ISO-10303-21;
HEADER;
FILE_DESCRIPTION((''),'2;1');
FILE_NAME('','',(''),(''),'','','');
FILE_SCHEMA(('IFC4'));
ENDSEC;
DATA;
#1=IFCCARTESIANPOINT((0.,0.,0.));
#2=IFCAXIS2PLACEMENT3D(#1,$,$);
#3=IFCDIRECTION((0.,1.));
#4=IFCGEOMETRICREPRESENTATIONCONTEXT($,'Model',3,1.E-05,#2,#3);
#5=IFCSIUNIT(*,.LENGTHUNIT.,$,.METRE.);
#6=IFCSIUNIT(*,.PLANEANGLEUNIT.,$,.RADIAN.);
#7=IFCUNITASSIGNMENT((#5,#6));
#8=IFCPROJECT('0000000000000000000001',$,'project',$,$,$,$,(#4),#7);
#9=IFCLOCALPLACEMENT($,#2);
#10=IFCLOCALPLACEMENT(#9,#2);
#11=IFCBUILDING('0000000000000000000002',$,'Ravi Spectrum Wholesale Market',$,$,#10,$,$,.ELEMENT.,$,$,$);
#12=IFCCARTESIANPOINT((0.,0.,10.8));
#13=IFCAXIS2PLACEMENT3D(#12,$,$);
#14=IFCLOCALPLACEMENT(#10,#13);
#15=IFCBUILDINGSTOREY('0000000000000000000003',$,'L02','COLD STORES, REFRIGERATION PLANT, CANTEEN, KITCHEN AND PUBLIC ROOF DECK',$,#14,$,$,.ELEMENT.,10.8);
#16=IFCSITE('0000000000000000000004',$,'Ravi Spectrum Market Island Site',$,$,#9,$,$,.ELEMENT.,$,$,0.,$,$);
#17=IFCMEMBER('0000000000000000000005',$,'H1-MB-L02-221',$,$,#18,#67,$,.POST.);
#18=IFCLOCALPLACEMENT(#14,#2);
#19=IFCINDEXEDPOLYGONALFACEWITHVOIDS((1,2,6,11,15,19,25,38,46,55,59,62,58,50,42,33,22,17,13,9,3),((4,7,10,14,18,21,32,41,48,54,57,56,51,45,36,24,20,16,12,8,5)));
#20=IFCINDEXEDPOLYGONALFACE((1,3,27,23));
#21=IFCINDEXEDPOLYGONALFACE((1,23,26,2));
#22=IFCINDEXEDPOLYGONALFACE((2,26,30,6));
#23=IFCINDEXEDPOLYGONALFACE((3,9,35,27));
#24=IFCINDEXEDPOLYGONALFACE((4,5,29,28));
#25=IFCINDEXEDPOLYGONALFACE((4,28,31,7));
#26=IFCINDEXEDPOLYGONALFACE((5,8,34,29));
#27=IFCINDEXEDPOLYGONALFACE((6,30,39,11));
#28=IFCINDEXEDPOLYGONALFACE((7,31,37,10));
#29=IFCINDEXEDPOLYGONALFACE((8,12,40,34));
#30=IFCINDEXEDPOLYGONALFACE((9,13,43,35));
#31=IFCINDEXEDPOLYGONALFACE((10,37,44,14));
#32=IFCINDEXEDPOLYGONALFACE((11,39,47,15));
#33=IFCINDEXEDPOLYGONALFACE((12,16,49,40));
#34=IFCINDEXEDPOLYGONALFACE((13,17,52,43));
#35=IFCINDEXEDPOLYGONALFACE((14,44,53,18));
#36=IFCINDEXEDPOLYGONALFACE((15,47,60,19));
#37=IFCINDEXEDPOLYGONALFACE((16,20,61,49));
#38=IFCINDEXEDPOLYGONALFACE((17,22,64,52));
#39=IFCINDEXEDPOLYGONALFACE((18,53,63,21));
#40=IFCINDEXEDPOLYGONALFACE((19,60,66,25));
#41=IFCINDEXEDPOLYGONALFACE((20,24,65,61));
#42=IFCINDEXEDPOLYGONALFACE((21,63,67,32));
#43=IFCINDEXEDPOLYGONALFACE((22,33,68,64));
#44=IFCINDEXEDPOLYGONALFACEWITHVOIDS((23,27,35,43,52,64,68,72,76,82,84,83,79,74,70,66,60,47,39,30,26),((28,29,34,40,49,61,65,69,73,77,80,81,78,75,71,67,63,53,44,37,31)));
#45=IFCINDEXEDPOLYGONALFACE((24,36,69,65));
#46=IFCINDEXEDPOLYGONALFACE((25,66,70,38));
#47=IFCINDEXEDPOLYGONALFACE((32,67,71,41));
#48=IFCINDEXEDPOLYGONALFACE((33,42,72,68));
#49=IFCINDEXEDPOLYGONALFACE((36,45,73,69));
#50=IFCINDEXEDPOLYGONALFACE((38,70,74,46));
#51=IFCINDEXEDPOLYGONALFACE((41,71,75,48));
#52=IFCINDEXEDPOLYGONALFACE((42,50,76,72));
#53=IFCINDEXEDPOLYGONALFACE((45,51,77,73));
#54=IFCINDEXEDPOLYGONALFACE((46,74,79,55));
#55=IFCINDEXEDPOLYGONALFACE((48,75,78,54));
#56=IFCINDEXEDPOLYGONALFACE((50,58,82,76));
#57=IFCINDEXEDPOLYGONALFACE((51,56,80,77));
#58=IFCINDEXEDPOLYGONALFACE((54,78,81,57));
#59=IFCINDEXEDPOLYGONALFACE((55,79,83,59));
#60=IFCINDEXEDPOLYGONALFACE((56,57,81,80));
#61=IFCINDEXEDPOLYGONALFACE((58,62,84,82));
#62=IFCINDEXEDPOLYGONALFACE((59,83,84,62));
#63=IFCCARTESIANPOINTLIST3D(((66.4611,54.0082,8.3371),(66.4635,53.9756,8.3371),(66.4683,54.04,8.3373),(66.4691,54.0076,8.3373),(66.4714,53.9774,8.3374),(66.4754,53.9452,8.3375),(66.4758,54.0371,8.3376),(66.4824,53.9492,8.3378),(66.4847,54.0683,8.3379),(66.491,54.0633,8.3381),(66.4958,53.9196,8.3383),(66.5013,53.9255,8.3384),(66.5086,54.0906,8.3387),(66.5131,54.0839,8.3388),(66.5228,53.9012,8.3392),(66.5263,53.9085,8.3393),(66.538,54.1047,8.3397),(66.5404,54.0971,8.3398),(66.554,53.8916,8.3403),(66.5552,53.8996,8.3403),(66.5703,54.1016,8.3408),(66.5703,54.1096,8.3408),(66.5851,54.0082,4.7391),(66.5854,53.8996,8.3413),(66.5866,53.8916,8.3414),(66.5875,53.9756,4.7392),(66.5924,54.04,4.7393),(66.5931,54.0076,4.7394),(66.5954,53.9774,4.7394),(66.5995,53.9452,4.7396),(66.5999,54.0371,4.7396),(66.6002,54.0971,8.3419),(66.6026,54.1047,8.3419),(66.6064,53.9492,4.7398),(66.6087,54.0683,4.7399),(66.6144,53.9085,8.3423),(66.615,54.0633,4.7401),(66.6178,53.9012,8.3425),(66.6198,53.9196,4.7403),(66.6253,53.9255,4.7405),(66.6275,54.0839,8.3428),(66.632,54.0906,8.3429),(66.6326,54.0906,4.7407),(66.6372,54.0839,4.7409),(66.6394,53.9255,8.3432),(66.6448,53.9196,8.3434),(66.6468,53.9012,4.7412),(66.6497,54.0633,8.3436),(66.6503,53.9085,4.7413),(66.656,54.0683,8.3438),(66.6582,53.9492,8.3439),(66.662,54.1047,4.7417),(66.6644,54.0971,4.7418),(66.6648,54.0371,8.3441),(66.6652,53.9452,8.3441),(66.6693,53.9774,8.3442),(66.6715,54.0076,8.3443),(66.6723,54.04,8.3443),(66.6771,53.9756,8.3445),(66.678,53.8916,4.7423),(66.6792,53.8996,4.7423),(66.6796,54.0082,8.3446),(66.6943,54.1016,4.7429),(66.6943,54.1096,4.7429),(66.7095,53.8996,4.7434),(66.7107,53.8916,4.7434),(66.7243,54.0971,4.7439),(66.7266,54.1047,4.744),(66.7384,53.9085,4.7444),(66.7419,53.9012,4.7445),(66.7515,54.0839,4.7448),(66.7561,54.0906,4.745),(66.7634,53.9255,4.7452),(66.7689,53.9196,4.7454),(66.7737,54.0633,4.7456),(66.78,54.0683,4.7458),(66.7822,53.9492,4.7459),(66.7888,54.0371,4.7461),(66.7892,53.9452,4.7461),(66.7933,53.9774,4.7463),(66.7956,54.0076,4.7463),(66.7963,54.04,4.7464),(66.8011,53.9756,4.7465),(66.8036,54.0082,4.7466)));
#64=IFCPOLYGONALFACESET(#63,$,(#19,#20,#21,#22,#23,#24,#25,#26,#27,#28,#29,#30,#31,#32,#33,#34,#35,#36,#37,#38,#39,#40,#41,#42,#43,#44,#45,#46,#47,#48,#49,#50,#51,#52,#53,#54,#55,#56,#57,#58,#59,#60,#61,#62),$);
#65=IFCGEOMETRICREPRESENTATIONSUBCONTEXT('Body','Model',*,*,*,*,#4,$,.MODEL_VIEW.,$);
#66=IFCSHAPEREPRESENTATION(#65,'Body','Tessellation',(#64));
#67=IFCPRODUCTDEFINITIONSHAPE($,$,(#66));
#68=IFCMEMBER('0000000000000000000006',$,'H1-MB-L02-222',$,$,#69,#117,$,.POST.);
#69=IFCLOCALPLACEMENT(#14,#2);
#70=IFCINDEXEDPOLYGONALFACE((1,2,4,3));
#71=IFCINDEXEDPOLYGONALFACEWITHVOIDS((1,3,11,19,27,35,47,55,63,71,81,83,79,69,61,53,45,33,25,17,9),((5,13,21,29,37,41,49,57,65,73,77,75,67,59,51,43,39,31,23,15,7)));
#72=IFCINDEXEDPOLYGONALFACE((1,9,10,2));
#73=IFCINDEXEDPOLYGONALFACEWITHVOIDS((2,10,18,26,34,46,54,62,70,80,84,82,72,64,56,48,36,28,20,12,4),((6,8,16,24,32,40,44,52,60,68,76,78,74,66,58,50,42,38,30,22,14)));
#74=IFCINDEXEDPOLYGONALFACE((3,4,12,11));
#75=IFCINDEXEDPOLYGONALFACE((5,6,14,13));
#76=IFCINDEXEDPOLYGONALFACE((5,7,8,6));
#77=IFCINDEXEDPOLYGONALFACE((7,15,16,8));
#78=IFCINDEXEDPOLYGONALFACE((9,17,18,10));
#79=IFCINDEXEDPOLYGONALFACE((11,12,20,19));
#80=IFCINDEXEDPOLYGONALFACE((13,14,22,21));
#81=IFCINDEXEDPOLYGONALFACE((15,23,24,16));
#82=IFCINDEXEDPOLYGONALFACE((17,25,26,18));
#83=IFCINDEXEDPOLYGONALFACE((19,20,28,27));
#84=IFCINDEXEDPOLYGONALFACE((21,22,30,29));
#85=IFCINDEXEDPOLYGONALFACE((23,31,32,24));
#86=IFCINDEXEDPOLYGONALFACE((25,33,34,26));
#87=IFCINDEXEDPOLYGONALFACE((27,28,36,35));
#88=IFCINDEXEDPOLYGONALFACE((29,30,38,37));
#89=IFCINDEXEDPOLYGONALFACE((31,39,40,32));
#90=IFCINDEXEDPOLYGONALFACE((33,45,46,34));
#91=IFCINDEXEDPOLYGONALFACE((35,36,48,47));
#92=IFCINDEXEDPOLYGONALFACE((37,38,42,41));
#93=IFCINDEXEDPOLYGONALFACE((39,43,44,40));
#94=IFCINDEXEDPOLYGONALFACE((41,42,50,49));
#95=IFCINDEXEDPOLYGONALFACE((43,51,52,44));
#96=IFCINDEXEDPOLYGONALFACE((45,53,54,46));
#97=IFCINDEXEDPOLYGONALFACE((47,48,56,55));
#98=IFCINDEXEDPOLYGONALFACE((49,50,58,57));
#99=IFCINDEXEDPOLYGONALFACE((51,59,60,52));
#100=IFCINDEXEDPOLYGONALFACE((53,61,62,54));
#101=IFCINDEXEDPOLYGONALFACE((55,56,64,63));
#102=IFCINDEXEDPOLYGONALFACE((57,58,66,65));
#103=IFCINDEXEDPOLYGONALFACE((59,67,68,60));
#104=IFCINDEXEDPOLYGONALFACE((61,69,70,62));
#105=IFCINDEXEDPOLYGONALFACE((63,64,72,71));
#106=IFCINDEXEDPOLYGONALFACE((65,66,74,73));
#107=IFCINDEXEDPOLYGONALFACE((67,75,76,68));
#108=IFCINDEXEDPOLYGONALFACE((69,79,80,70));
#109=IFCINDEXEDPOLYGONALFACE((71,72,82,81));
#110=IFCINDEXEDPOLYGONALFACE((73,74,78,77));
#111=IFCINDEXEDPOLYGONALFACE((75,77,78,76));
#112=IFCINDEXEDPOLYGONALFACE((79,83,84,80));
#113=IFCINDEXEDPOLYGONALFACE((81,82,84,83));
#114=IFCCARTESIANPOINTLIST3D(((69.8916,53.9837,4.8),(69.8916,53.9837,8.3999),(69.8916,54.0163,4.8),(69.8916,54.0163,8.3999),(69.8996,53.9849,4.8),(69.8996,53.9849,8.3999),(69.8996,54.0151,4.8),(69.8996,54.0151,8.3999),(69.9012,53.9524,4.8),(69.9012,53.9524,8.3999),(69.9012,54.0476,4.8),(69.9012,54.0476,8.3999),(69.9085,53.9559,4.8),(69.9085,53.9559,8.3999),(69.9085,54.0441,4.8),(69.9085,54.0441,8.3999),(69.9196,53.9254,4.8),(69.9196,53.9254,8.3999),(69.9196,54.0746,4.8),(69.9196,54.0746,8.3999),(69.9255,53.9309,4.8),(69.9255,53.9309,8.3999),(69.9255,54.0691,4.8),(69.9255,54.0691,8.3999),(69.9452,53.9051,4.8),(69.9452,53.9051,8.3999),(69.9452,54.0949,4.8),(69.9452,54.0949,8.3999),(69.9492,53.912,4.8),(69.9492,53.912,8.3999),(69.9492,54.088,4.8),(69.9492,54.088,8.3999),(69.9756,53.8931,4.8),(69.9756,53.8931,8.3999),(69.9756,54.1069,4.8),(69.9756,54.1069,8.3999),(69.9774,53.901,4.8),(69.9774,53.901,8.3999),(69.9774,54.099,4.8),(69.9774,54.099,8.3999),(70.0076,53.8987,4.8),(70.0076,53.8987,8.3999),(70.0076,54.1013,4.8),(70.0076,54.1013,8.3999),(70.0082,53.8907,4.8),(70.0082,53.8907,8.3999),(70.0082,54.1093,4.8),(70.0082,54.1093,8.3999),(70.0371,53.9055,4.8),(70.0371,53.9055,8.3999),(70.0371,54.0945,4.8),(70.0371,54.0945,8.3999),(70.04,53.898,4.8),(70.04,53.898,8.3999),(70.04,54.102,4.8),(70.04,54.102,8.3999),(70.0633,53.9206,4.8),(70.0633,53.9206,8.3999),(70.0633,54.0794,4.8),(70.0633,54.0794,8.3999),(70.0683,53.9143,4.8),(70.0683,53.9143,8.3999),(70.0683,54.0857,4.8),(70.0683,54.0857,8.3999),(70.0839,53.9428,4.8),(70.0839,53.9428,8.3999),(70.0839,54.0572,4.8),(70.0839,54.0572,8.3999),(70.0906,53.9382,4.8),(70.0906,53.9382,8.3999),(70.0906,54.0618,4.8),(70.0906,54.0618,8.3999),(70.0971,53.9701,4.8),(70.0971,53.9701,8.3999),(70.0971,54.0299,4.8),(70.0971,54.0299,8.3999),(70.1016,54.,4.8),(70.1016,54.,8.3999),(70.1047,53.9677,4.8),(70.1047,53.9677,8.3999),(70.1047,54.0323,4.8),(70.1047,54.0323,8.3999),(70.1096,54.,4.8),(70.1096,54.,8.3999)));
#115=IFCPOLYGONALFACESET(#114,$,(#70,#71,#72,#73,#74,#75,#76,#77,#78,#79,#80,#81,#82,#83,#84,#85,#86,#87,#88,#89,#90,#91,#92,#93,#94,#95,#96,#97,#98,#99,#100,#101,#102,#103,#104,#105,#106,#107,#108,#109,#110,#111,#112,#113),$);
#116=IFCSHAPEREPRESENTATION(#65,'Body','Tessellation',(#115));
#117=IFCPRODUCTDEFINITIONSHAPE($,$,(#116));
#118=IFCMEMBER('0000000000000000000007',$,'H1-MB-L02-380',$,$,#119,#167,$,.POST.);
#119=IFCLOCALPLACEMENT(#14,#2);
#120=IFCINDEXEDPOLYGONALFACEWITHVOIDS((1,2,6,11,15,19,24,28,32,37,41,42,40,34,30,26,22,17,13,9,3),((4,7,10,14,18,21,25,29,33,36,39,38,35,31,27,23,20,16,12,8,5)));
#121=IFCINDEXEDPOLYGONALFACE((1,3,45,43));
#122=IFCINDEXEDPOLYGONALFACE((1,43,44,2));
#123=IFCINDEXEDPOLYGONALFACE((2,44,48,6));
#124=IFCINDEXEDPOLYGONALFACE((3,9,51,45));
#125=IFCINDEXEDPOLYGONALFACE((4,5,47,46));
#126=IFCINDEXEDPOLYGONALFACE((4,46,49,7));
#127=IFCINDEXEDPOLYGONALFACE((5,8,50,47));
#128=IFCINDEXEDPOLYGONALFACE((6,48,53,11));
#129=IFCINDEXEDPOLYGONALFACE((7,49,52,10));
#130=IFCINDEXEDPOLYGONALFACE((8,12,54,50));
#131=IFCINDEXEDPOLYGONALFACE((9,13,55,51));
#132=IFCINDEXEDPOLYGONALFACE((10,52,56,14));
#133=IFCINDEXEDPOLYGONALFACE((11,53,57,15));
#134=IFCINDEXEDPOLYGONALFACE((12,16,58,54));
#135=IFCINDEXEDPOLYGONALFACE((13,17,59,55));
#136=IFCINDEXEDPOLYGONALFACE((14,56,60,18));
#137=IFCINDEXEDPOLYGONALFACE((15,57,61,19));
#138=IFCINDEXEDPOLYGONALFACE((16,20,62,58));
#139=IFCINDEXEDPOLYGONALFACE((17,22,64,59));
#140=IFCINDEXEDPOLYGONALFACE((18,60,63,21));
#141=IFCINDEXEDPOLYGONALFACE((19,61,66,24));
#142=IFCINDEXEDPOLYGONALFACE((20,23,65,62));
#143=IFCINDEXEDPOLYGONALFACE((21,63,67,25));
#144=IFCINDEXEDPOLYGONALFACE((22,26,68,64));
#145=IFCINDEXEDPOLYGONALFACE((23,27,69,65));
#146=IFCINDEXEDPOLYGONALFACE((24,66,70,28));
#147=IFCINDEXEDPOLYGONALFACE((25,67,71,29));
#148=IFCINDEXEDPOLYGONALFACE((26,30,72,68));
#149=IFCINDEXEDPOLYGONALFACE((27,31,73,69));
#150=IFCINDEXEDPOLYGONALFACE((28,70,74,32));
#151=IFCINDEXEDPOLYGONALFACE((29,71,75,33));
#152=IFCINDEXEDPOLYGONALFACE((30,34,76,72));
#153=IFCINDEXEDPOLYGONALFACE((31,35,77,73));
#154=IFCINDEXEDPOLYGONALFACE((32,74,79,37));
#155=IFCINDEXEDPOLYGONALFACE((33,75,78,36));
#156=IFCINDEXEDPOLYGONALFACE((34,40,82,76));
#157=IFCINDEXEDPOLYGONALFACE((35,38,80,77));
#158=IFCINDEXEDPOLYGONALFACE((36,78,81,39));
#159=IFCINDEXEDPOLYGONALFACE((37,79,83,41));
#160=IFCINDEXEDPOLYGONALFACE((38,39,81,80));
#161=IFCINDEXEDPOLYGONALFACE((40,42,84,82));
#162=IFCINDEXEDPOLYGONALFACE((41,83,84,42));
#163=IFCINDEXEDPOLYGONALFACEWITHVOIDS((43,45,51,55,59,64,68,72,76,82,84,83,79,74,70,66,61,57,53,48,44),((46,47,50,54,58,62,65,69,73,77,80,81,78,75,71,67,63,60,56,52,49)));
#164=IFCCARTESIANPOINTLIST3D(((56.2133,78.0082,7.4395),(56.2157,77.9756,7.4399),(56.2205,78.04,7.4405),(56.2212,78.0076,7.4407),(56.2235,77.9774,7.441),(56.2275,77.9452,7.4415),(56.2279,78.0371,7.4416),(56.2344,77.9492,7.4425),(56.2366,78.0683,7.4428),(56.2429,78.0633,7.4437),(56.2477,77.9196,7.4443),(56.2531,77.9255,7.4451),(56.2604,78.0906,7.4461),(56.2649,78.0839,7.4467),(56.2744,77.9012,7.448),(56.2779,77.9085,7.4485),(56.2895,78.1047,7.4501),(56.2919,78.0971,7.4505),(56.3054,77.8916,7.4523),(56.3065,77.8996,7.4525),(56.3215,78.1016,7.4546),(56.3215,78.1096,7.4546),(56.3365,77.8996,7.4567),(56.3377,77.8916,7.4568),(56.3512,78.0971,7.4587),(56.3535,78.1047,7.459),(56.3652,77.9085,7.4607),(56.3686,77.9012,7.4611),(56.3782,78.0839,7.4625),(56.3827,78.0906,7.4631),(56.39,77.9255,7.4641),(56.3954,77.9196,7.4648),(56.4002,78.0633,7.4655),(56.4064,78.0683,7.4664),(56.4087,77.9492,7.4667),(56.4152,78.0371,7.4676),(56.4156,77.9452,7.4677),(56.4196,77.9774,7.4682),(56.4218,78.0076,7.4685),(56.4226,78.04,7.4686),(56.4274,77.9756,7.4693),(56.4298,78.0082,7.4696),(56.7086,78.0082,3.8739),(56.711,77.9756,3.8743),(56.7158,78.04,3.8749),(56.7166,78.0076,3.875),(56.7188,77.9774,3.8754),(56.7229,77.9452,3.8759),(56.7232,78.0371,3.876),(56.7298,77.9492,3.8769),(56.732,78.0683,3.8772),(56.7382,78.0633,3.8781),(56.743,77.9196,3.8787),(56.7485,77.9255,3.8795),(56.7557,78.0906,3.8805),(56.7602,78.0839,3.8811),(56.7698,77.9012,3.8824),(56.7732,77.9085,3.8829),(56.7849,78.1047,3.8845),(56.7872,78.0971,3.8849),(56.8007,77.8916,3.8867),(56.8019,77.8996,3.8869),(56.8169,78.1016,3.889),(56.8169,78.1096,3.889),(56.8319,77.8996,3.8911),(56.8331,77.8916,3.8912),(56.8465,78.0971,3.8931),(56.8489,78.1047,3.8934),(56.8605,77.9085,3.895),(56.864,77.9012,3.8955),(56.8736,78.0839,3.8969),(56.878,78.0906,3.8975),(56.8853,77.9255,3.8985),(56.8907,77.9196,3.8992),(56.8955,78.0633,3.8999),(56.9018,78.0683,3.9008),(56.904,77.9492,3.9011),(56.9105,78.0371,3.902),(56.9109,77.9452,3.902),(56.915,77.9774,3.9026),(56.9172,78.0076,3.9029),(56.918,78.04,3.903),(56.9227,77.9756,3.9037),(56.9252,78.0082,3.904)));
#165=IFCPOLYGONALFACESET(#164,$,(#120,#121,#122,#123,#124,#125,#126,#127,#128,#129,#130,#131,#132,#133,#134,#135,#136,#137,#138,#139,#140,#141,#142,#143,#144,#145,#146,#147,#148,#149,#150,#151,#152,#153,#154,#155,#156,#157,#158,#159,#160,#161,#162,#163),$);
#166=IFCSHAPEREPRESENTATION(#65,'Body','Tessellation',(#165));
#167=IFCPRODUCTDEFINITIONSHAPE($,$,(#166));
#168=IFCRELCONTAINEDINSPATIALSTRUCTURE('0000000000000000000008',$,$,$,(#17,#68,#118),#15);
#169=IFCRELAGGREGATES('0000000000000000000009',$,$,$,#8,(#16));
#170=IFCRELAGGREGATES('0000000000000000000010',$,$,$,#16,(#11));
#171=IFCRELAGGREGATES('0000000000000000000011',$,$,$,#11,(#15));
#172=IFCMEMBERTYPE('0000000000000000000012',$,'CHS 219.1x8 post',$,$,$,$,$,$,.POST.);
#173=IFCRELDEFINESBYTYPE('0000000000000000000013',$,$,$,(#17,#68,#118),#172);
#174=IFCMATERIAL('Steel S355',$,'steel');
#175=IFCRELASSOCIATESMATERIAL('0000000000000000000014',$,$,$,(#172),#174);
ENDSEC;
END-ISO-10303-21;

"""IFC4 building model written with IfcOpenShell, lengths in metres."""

from ifc_helpers import new_model, si_unit, direction, frame, origin, origin_2d, place, context, subcontext, project, spatial, hollow_circle, extrude, material, material_profile, profile_set, type_object, element, save


model = new_model("IFC4")

# Units and contexts
model_context = context("Model", 3, precision=1e-05, world=origin(), true_north=direction((0.0, 1.0)))
body_context = subcontext(model_context, "Body", "Model", "MODEL_VIEW")
ifc_project = project(units=[si_unit("LENGTHUNIT", "METRE"), si_unit("PLANEANGLEUNIT", "RADIAN")], contexts=[model_context])

# Site, building, storey
site_placement = place(None, origin())
site = spatial("IfcSite", under=ifc_project, at=site_placement, Name="Ravi Spectrum Market Island Site", CompositionType="ELEMENT", RefElevation=0.0)
building_placement = place(site_placement, origin())
building = spatial("IfcBuilding", under=site, at=building_placement, Name="Ravi Spectrum Wholesale Market", CompositionType="ELEMENT")
storey_placement = place(building_placement, frame((0.0, 0.0, 10.8)))
storey = spatial("IfcBuildingStorey", under=building, at=storey_placement, Name="L02", Description="COLD STORES, REFRIGERATION PLANT, CANTEEN, KITCHEN AND PUBLIC ROOF DECK", CompositionType="ELEMENT", Elevation=10.8)

# Members
ifc_material_1 = material(Name="Steel S355", Category="steel")
ifc_material_profile_1 = material_profile(ifc_material_1, hollow_circle(Radius=0.1096, WallThickness=0.0081, at=origin_2d()))
ifc_profile_set_1 = profile_set([ifc_material_profile_1], Name="Steel S355")
member_type_1 = type_object("IfcMemberType", Name="CHS 219.1x8 post", PredefinedType="POST", material=ifc_profile_set_1)
member_1_placement = place(storey_placement, frame((66.5703, 54.0, 8.3408), z_axis=(0.034451, 0.0, -0.999406), x_axis=(0.0, 1.0, 0.0)))
element("IfcMember", 1, at=member_1_placement, inside=storey, type_object=member_type_1, Name="H1-MB-L02-221", PredefinedType="POST", context=body_context, shape_type="SweptSolid", body=[
    extrude(hollow_circle(Radius=0.1096, WallThickness=0.0081, at=origin_2d()), origin(), (0.0, 0.0, 1.0), 3.6001),
])
for number, where, z_axis, x_axis, name in (
    (2, (70.0, 54.0, 8.3999), (0.0, 0.0, -1.0), (1.0, 0.0, 0.0), "H1-MB-L02-222"),
    (3, (56.3215, 78.0, 7.4546), (0.137603, 0.0, -0.990487), (0.0, 1.0, 0.0), "H1-MB-L02-380"),
):
    element("IfcMember", number, at=place(storey_placement, frame(where, z_axis=z_axis, x_axis=x_axis)), inside=storey, type_object=member_type_1, Name=name, PredefinedType="POST", context=body_context, shape_type="SweptSolid", body=[
        extrude(hollow_circle(Radius=0.1096, WallThickness=0.0081, at=origin_2d()), origin(), (0.0, 0.0, 1.0), 3.5999),
    ])

save(model, "model.ifc")
